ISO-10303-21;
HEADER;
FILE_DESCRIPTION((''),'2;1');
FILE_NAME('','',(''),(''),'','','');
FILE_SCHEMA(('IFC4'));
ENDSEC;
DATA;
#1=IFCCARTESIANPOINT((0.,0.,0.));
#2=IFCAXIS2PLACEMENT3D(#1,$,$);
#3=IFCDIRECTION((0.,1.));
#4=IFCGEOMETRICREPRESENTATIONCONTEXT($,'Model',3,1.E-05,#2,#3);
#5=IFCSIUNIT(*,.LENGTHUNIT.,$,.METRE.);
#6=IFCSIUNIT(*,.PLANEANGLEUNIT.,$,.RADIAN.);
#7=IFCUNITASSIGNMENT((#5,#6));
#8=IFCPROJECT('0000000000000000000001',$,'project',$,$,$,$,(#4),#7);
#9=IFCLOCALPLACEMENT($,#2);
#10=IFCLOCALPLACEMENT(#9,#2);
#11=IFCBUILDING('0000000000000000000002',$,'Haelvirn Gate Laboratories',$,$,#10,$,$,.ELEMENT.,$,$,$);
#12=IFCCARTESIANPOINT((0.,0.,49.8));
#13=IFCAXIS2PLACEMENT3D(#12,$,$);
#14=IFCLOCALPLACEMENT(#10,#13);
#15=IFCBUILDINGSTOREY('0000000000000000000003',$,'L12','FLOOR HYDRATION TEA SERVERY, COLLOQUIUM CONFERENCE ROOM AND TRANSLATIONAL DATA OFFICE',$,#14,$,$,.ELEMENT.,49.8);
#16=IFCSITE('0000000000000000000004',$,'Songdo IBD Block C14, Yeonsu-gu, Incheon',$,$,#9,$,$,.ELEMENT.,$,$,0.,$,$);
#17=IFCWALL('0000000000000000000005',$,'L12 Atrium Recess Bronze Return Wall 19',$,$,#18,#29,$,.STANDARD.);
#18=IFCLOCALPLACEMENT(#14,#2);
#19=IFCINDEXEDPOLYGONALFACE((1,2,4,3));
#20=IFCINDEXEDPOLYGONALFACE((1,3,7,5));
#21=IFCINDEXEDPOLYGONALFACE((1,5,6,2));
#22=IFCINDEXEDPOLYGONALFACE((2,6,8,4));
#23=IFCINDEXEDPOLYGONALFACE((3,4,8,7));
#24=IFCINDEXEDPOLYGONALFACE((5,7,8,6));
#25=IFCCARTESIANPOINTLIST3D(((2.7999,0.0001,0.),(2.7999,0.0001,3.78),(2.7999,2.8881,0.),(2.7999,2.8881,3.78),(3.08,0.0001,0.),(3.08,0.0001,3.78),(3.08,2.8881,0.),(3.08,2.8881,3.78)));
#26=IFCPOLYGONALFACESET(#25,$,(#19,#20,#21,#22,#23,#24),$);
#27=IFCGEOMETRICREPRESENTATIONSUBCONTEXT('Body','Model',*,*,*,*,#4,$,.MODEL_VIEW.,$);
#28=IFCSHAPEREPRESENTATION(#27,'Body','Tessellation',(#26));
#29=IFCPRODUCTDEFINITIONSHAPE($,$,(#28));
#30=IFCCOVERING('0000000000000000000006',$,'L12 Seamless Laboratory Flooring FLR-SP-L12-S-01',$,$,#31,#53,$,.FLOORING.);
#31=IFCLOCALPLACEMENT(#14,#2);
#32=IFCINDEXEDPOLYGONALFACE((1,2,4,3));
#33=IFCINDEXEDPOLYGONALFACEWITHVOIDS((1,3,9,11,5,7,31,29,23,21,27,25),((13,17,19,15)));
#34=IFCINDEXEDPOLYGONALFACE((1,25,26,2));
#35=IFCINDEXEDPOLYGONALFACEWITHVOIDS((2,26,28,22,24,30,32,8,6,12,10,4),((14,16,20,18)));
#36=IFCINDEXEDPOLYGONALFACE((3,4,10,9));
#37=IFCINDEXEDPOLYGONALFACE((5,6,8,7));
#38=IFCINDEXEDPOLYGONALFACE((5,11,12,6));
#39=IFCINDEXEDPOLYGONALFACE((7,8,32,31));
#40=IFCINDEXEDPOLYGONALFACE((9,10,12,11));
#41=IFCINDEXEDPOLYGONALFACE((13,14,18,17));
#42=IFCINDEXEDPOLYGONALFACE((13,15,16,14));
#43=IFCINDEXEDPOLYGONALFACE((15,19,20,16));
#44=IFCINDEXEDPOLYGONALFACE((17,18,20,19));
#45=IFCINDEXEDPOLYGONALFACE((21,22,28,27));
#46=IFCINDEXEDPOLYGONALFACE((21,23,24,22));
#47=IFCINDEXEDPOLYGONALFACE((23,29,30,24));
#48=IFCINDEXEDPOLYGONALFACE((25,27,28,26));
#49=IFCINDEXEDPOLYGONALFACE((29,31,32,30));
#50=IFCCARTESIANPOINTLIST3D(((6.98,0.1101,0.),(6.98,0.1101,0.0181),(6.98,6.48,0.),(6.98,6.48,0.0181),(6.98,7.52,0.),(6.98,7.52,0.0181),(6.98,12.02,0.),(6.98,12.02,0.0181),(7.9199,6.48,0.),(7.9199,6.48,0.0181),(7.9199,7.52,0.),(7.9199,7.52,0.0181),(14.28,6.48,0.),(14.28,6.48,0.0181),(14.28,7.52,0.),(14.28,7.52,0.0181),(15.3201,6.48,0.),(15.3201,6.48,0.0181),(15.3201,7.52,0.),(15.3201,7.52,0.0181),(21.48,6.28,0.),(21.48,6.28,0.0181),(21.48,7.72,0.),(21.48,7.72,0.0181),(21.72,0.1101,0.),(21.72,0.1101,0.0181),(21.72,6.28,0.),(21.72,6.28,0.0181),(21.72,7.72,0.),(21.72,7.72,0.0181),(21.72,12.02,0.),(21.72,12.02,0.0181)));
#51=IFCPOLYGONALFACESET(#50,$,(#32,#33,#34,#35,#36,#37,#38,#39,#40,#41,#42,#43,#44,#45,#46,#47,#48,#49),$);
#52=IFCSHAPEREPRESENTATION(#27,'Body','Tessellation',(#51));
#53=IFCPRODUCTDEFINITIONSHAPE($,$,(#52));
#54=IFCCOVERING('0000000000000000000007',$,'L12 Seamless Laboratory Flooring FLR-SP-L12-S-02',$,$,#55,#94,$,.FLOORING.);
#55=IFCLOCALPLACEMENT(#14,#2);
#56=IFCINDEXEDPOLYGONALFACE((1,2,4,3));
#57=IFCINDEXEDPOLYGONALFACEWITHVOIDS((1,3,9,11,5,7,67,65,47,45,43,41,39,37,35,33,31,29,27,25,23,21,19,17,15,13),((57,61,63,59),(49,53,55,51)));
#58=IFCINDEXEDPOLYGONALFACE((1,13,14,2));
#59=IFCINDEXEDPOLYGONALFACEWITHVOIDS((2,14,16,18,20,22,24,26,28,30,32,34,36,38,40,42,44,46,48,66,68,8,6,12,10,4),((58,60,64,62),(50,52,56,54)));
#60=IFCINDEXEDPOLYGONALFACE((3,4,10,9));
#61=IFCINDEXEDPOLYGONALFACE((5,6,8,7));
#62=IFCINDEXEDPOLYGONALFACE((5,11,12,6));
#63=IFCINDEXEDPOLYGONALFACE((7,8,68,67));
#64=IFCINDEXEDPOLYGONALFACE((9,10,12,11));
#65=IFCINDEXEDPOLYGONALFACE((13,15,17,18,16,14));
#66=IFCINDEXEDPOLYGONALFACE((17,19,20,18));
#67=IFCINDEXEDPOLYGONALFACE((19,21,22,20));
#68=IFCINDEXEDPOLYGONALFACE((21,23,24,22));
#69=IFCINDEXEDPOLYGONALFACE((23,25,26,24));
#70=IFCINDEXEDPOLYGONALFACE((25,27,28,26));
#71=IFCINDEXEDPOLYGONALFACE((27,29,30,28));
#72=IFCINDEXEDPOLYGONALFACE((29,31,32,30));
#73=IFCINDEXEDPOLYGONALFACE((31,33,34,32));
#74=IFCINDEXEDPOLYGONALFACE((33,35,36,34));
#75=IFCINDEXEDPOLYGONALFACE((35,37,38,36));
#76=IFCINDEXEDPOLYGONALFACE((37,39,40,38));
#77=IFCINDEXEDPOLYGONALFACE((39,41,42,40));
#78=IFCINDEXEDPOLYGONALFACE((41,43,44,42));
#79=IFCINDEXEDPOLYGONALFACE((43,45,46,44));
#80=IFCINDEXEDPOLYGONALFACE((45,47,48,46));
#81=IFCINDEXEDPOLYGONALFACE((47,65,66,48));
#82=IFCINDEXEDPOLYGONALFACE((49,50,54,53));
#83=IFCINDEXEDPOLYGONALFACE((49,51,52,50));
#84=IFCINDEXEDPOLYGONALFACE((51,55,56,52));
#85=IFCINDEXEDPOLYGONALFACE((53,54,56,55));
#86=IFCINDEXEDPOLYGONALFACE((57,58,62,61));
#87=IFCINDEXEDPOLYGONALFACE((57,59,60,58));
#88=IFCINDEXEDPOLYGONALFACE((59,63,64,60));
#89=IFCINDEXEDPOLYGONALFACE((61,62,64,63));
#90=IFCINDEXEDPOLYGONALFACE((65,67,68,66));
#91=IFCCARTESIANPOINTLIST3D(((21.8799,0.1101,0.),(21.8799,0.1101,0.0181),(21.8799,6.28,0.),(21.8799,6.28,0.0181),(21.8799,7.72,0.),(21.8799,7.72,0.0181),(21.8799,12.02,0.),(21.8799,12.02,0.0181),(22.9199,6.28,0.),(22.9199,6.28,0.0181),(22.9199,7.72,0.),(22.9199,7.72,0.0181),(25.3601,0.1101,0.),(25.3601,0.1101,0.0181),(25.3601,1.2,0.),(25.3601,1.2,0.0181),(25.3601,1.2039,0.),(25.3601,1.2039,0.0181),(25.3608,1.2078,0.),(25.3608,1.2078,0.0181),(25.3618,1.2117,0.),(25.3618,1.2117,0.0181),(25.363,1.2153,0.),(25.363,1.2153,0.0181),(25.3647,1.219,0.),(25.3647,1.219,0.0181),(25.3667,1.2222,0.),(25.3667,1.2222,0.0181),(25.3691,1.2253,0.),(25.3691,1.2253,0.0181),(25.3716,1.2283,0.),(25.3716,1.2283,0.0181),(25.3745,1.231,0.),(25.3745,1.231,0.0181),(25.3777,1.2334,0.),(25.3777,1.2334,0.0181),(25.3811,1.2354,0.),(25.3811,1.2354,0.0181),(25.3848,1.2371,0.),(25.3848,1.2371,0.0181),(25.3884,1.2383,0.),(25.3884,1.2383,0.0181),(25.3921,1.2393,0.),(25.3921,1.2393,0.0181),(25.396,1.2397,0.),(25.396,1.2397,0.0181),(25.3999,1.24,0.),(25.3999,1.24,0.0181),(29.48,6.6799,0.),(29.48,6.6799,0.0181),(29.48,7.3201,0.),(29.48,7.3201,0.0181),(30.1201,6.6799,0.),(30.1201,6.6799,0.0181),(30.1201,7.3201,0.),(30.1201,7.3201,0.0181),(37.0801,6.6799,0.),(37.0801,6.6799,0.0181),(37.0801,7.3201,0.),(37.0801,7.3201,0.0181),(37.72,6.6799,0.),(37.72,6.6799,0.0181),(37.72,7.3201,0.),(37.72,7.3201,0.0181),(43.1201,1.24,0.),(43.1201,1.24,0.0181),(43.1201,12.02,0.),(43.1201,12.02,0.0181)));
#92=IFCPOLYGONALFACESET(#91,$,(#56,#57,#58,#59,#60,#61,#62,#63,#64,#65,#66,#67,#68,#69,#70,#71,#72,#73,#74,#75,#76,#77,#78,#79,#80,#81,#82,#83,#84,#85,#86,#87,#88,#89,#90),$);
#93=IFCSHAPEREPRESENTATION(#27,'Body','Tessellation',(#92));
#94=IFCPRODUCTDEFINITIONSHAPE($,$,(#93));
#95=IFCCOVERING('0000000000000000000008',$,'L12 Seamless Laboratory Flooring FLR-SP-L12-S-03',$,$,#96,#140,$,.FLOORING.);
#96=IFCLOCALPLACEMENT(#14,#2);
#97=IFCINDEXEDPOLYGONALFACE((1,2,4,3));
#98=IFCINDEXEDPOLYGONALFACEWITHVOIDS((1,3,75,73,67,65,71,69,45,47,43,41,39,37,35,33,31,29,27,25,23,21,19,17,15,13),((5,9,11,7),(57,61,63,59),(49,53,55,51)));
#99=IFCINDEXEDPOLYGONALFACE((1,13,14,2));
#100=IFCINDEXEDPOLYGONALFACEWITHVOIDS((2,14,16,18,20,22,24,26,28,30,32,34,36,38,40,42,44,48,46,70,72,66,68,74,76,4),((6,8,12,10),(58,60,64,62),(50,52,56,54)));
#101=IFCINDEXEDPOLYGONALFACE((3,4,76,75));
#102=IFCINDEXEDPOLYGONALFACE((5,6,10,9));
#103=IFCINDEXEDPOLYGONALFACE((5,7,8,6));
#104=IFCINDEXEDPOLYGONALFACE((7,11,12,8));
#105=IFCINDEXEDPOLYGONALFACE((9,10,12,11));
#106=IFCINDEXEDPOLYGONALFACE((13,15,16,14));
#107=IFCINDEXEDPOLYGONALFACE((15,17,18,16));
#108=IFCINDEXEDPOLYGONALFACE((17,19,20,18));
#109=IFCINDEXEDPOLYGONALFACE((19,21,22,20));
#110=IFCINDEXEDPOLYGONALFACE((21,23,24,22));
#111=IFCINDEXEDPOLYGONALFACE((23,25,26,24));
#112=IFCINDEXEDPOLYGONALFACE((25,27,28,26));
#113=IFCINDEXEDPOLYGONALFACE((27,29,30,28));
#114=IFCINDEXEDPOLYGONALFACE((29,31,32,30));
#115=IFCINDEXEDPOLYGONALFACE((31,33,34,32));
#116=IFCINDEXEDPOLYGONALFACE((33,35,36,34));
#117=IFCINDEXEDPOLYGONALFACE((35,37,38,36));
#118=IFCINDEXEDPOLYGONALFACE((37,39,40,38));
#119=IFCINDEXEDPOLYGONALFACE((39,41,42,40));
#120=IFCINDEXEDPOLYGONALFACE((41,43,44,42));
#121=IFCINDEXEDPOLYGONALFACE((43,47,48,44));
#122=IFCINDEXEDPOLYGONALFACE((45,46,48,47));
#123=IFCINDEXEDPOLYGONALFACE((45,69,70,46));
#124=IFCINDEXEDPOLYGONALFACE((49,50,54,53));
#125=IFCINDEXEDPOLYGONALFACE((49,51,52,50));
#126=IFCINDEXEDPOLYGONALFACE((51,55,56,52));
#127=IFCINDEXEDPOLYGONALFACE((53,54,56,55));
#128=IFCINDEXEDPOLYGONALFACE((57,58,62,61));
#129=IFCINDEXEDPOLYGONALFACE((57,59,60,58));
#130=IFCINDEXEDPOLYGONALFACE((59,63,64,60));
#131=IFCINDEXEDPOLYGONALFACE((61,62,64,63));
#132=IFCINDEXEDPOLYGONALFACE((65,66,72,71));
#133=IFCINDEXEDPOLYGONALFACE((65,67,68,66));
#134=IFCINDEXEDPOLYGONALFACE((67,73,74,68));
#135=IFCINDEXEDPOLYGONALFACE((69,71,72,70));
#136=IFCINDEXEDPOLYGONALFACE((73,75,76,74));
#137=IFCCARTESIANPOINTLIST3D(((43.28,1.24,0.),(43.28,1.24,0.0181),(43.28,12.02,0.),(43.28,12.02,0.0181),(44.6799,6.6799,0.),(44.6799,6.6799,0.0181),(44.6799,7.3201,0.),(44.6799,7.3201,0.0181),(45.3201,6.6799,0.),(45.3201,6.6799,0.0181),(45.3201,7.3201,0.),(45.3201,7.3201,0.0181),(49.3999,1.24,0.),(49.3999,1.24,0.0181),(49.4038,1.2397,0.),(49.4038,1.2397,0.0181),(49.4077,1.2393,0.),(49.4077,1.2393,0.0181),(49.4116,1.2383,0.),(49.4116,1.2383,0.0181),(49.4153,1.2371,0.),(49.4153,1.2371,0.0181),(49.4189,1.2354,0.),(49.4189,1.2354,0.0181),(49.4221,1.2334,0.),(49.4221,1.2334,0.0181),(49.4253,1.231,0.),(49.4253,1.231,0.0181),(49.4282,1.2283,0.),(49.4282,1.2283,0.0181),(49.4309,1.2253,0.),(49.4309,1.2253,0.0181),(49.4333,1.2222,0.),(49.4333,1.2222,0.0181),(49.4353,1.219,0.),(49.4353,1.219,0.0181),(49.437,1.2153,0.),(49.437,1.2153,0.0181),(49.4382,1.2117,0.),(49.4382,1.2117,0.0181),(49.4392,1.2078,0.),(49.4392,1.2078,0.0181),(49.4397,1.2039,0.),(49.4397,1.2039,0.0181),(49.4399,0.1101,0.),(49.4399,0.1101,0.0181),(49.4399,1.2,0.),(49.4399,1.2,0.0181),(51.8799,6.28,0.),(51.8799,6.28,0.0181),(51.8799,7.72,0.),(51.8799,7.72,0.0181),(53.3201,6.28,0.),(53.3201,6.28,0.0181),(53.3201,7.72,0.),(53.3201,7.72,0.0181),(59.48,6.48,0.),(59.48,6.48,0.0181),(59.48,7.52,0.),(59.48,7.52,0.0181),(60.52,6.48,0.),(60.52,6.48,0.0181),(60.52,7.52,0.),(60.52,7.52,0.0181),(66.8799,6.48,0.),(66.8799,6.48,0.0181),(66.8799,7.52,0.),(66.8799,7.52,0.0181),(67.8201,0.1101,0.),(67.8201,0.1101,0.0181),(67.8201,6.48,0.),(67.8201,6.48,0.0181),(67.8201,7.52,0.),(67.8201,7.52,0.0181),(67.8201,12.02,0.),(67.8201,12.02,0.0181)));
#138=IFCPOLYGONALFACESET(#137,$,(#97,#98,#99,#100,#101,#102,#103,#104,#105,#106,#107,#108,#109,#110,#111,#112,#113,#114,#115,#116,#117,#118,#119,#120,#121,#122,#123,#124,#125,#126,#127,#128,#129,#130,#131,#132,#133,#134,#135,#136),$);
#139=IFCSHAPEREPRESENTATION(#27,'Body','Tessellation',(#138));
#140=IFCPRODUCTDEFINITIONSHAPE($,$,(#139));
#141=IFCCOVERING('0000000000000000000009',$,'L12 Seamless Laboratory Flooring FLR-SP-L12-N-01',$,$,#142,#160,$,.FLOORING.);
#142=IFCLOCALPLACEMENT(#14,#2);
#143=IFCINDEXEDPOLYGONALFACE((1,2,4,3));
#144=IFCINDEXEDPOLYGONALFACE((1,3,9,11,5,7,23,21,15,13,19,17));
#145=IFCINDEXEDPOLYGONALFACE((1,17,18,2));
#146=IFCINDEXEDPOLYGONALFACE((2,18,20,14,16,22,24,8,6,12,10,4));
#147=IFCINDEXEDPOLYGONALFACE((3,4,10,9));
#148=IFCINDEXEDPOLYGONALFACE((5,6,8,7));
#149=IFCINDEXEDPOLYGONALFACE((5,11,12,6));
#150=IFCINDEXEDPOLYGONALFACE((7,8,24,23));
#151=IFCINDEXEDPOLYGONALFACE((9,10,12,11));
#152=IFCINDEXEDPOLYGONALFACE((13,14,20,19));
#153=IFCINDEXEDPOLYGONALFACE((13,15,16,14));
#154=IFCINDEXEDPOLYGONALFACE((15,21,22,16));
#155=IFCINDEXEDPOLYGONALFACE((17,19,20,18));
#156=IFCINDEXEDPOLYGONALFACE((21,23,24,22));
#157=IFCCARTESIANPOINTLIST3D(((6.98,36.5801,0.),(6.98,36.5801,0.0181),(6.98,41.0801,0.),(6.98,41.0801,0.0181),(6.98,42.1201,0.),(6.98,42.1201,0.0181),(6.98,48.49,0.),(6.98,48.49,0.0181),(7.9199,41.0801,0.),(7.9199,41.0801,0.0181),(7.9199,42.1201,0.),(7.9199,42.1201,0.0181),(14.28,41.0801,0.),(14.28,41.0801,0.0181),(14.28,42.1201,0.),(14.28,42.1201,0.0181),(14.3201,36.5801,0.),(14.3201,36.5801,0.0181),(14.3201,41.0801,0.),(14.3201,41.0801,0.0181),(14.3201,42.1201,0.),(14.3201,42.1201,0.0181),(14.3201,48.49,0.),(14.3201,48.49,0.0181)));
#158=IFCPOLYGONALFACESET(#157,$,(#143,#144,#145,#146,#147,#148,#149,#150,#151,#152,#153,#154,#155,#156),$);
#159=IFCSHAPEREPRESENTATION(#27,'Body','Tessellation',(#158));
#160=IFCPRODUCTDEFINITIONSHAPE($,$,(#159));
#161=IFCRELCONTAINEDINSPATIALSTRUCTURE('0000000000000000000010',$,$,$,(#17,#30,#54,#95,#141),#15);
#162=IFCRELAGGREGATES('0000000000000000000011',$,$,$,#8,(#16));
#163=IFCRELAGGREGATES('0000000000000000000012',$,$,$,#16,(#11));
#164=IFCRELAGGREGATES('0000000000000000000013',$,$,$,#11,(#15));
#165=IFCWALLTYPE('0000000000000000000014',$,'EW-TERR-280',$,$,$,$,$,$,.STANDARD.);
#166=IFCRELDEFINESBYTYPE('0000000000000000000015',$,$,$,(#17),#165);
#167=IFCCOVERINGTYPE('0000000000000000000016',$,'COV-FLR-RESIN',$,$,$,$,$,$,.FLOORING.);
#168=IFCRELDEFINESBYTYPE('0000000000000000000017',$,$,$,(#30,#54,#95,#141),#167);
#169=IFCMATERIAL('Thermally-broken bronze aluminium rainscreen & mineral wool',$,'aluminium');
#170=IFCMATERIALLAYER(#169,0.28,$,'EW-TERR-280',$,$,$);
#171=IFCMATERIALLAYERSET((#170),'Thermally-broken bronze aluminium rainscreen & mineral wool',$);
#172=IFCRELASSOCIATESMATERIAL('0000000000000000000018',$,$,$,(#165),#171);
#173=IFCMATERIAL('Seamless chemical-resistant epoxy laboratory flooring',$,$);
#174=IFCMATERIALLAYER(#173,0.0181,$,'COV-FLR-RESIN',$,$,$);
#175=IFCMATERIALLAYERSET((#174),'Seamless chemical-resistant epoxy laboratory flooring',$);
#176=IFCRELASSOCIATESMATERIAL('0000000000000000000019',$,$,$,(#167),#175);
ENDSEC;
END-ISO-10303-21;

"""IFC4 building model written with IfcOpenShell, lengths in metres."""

from ifc_helpers import new_model, si_unit, direction, frame, frame_2d, origin, place, context, subcontext, project, spatial, polyline, rectangle, outline, extrude, material, layer, layer_set, type_object, element, save


model = new_model("IFC4")

# Units and contexts
model_context = context("Model", 3, precision=1e-05, world=origin(), true_north=direction((0.0, 1.0)))
body_context = subcontext(model_context, "Body", "Model", "MODEL_VIEW")
ifc_project = project(units=[si_unit("LENGTHUNIT", "METRE"), si_unit("PLANEANGLEUNIT", "RADIAN")], contexts=[model_context])

# Site, building, storey
site_placement = place(None, origin())
site = spatial("IfcSite", under=ifc_project, at=site_placement, Name="Songdo IBD Block C14, Yeonsu-gu, Incheon", CompositionType="ELEMENT", RefElevation=0.0)
building_placement = place(site_placement, origin())
building = spatial("IfcBuilding", under=site, at=building_placement, Name="Haelvirn Gate Laboratories", CompositionType="ELEMENT")
storey_placement = place(building_placement, frame((0.0, 0.0, 49.8)))
storey = spatial("IfcBuildingStorey", under=building, at=storey_placement, Name="L12", Description="FLOOR HYDRATION TEA SERVERY, COLLOQUIUM CONFERENCE ROOM AND TRANSLATIONAL DATA OFFICE", CompositionType="ELEMENT", Elevation=49.8)

# Wall
ifc_material_1 = material(Name="Thermally-broken bronze aluminium rainscreen & mineral wool", Category="aluminium")
ifc_layer_1 = layer(ifc_material_1, 0.28, Name="EW-TERR-280")
ifc_layer_set_1 = layer_set([ifc_layer_1], Name="Thermally-broken bronze aluminium rainscreen & mineral wool")
wall_type = type_object("IfcWallType", Name="EW-TERR-280", PredefinedType="STANDARD", material=ifc_layer_set_1)
wall_placement = place(storey_placement, frame((2.9399, 2.8879, 0.0), z_axis=(0.0, 0.0, 1.0), x_axis=(0.0, -1.0, 0.0)))
element("IfcWall", 1, at=wall_placement, inside=storey, type_object=wall_type, Name="L12 Atrium Recess Bronze Return Wall 19", PredefinedType="STANDARD", context=body_context, shape_type="SweptSolid", body=[
    extrude(rectangle(XDim=2.8879, YDim=0.28, at=frame_2d((1.4438, 0.0))), origin(), (0.0, 0.0, 1.0), 3.78),
])

# Coverings
ifc_material_2 = material(Name="Seamless chemical-resistant epoxy laboratory flooring")
ifc_layer_2 = layer(ifc_material_2, 0.0181, Name="COV-FLR-RESIN")
ifc_layer_set_2 = layer_set([ifc_layer_2], Name="Seamless chemical-resistant epoxy laboratory flooring")
covering_type = type_object("IfcCoveringType", Name="COV-FLR-RESIN", PredefinedType="FLOORING", material=ifc_layer_set_2)
covering_1_placement = place(storey_placement, origin())
element("IfcCovering", 2, at=covering_1_placement, inside=storey, type_object=covering_type, Name="L12 Seamless Laboratory Flooring FLR-SP-L12-S-01", PredefinedType="FLOORING", context=body_context, shape_type="SweptSolid", body=[
    extrude(outline(polyline([(21.48, 7.72), (21.48, 6.28), (21.72, 6.28), (21.72, 0.1101), (6.98, 0.1101), (6.98, 6.48), (7.9199, 6.48), (7.9199, 7.52), (6.98, 7.52), (6.98, 12.02), (21.72, 12.02), (21.72, 7.72), (21.48, 7.72)]), holes=[polyline([(15.3201, 6.48), (15.3201, 7.52), (14.28, 7.52), (14.28, 6.48), (15.3201, 6.48)])]), origin(), (0.0, 0.0, 1.0), 0.0181),
])
covering_2_placement = place(storey_placement, origin())
element("IfcCovering", 3, at=covering_2_placement, inside=storey, type_object=covering_type, Name="L12 Seamless Laboratory Flooring FLR-SP-L12-S-02", PredefinedType="FLOORING", context=body_context, shape_type="SweptSolid", body=[
    extrude(outline(polyline([(21.8799, 7.72), (21.8799, 12.02), (43.1201, 12.02), (43.1201, 1.24), (25.3999, 1.24), (25.396, 1.2397), (25.3921, 1.2393), (25.3884, 1.2383), (25.3848, 1.2371), (25.3811, 1.2354), (25.3777, 1.2334), (25.3745, 1.231), (25.3716, 1.2283), (25.3691, 1.2253), (25.3667, 1.2222), (25.3647, 1.219), (25.363, 1.2153), (25.3618, 1.2117), (25.3608, 1.2078), (25.3601, 1.2039), (25.3601, 1.2), (25.3601, 0.1101), (21.8799, 0.1101), (21.8799, 6.28), (22.9199, 6.28), (22.9199, 7.72), (21.8799, 7.72)]), holes=[polyline([(29.48, 6.6799), (30.1201, 6.6799), (30.1201, 7.3201), (29.48, 7.3201), (29.48, 6.6799)]), polyline([(37.0801, 7.3201), (37.0801, 6.6799), (37.72, 6.6799), (37.72, 7.3201), (37.0801, 7.3201)])]), origin(), (0.0, 0.0, 1.0), 0.0181),
])
covering_3_placement = place(storey_placement, origin())
element("IfcCovering", 4, at=covering_3_placement, inside=storey, type_object=covering_type, Name="L12 Seamless Laboratory Flooring FLR-SP-L12-S-03", PredefinedType="FLOORING", context=body_context, shape_type="SweptSolid", body=[
    extrude(outline(polyline([(49.4397, 1.2039), (49.4392, 1.2078), (49.4382, 1.2117), (49.437, 1.2153), (49.4353, 1.219), (49.4333, 1.2222), (49.4309, 1.2253), (49.4282, 1.2283), (49.4253, 1.231), (49.4221, 1.2334), (49.4189, 1.2354), (49.4153, 1.2371), (49.4116, 1.2383), (49.4077, 1.2393), (49.4038, 1.2397), (49.3999, 1.24), (43.28, 1.24), (43.28, 12.02), (67.8201, 12.02), (67.8201, 7.52), (66.8799, 7.52), (66.8799, 6.48), (67.8201, 6.48), (67.8201, 0.1101), (49.4399, 0.1101), (49.4399, 1.2), (49.4397, 1.2039)]), holes=[polyline([(53.3201, 7.72), (51.8799, 7.72), (51.8799, 6.28), (53.3201, 6.28), (53.3201, 7.72)]), polyline([(60.52, 6.48), (60.52, 7.52), (59.48, 7.52), (59.48, 6.48), (60.52, 6.48)]), polyline([(44.6799, 7.3201), (44.6799, 6.6799), (45.3201, 6.6799), (45.3201, 7.3201), (44.6799, 7.3201)])]), origin(), (0.0, 0.0, 1.0), 0.0181),
])
covering_4_placement = place(storey_placement, origin())
element("IfcCovering", 5, at=covering_4_placement, inside=storey, type_object=covering_type, Name="L12 Seamless Laboratory Flooring FLR-SP-L12-N-01", PredefinedType="FLOORING", context=body_context, shape_type="SweptSolid", body=[
    extrude(outline(polyline([(14.3201, 42.1201), (14.28, 42.1201), (14.28, 41.0801), (14.3201, 41.0801), (14.3201, 36.5801), (6.98, 36.5801), (6.98, 41.0801), (7.9199, 41.0801), (7.9199, 42.1201), (6.98, 42.1201), (6.98, 48.49), (14.3201, 48.49), (14.3201, 42.1201)])), origin(), (0.0, 0.0, 1.0), 0.0181),
])

save(model, "model.ifc")
